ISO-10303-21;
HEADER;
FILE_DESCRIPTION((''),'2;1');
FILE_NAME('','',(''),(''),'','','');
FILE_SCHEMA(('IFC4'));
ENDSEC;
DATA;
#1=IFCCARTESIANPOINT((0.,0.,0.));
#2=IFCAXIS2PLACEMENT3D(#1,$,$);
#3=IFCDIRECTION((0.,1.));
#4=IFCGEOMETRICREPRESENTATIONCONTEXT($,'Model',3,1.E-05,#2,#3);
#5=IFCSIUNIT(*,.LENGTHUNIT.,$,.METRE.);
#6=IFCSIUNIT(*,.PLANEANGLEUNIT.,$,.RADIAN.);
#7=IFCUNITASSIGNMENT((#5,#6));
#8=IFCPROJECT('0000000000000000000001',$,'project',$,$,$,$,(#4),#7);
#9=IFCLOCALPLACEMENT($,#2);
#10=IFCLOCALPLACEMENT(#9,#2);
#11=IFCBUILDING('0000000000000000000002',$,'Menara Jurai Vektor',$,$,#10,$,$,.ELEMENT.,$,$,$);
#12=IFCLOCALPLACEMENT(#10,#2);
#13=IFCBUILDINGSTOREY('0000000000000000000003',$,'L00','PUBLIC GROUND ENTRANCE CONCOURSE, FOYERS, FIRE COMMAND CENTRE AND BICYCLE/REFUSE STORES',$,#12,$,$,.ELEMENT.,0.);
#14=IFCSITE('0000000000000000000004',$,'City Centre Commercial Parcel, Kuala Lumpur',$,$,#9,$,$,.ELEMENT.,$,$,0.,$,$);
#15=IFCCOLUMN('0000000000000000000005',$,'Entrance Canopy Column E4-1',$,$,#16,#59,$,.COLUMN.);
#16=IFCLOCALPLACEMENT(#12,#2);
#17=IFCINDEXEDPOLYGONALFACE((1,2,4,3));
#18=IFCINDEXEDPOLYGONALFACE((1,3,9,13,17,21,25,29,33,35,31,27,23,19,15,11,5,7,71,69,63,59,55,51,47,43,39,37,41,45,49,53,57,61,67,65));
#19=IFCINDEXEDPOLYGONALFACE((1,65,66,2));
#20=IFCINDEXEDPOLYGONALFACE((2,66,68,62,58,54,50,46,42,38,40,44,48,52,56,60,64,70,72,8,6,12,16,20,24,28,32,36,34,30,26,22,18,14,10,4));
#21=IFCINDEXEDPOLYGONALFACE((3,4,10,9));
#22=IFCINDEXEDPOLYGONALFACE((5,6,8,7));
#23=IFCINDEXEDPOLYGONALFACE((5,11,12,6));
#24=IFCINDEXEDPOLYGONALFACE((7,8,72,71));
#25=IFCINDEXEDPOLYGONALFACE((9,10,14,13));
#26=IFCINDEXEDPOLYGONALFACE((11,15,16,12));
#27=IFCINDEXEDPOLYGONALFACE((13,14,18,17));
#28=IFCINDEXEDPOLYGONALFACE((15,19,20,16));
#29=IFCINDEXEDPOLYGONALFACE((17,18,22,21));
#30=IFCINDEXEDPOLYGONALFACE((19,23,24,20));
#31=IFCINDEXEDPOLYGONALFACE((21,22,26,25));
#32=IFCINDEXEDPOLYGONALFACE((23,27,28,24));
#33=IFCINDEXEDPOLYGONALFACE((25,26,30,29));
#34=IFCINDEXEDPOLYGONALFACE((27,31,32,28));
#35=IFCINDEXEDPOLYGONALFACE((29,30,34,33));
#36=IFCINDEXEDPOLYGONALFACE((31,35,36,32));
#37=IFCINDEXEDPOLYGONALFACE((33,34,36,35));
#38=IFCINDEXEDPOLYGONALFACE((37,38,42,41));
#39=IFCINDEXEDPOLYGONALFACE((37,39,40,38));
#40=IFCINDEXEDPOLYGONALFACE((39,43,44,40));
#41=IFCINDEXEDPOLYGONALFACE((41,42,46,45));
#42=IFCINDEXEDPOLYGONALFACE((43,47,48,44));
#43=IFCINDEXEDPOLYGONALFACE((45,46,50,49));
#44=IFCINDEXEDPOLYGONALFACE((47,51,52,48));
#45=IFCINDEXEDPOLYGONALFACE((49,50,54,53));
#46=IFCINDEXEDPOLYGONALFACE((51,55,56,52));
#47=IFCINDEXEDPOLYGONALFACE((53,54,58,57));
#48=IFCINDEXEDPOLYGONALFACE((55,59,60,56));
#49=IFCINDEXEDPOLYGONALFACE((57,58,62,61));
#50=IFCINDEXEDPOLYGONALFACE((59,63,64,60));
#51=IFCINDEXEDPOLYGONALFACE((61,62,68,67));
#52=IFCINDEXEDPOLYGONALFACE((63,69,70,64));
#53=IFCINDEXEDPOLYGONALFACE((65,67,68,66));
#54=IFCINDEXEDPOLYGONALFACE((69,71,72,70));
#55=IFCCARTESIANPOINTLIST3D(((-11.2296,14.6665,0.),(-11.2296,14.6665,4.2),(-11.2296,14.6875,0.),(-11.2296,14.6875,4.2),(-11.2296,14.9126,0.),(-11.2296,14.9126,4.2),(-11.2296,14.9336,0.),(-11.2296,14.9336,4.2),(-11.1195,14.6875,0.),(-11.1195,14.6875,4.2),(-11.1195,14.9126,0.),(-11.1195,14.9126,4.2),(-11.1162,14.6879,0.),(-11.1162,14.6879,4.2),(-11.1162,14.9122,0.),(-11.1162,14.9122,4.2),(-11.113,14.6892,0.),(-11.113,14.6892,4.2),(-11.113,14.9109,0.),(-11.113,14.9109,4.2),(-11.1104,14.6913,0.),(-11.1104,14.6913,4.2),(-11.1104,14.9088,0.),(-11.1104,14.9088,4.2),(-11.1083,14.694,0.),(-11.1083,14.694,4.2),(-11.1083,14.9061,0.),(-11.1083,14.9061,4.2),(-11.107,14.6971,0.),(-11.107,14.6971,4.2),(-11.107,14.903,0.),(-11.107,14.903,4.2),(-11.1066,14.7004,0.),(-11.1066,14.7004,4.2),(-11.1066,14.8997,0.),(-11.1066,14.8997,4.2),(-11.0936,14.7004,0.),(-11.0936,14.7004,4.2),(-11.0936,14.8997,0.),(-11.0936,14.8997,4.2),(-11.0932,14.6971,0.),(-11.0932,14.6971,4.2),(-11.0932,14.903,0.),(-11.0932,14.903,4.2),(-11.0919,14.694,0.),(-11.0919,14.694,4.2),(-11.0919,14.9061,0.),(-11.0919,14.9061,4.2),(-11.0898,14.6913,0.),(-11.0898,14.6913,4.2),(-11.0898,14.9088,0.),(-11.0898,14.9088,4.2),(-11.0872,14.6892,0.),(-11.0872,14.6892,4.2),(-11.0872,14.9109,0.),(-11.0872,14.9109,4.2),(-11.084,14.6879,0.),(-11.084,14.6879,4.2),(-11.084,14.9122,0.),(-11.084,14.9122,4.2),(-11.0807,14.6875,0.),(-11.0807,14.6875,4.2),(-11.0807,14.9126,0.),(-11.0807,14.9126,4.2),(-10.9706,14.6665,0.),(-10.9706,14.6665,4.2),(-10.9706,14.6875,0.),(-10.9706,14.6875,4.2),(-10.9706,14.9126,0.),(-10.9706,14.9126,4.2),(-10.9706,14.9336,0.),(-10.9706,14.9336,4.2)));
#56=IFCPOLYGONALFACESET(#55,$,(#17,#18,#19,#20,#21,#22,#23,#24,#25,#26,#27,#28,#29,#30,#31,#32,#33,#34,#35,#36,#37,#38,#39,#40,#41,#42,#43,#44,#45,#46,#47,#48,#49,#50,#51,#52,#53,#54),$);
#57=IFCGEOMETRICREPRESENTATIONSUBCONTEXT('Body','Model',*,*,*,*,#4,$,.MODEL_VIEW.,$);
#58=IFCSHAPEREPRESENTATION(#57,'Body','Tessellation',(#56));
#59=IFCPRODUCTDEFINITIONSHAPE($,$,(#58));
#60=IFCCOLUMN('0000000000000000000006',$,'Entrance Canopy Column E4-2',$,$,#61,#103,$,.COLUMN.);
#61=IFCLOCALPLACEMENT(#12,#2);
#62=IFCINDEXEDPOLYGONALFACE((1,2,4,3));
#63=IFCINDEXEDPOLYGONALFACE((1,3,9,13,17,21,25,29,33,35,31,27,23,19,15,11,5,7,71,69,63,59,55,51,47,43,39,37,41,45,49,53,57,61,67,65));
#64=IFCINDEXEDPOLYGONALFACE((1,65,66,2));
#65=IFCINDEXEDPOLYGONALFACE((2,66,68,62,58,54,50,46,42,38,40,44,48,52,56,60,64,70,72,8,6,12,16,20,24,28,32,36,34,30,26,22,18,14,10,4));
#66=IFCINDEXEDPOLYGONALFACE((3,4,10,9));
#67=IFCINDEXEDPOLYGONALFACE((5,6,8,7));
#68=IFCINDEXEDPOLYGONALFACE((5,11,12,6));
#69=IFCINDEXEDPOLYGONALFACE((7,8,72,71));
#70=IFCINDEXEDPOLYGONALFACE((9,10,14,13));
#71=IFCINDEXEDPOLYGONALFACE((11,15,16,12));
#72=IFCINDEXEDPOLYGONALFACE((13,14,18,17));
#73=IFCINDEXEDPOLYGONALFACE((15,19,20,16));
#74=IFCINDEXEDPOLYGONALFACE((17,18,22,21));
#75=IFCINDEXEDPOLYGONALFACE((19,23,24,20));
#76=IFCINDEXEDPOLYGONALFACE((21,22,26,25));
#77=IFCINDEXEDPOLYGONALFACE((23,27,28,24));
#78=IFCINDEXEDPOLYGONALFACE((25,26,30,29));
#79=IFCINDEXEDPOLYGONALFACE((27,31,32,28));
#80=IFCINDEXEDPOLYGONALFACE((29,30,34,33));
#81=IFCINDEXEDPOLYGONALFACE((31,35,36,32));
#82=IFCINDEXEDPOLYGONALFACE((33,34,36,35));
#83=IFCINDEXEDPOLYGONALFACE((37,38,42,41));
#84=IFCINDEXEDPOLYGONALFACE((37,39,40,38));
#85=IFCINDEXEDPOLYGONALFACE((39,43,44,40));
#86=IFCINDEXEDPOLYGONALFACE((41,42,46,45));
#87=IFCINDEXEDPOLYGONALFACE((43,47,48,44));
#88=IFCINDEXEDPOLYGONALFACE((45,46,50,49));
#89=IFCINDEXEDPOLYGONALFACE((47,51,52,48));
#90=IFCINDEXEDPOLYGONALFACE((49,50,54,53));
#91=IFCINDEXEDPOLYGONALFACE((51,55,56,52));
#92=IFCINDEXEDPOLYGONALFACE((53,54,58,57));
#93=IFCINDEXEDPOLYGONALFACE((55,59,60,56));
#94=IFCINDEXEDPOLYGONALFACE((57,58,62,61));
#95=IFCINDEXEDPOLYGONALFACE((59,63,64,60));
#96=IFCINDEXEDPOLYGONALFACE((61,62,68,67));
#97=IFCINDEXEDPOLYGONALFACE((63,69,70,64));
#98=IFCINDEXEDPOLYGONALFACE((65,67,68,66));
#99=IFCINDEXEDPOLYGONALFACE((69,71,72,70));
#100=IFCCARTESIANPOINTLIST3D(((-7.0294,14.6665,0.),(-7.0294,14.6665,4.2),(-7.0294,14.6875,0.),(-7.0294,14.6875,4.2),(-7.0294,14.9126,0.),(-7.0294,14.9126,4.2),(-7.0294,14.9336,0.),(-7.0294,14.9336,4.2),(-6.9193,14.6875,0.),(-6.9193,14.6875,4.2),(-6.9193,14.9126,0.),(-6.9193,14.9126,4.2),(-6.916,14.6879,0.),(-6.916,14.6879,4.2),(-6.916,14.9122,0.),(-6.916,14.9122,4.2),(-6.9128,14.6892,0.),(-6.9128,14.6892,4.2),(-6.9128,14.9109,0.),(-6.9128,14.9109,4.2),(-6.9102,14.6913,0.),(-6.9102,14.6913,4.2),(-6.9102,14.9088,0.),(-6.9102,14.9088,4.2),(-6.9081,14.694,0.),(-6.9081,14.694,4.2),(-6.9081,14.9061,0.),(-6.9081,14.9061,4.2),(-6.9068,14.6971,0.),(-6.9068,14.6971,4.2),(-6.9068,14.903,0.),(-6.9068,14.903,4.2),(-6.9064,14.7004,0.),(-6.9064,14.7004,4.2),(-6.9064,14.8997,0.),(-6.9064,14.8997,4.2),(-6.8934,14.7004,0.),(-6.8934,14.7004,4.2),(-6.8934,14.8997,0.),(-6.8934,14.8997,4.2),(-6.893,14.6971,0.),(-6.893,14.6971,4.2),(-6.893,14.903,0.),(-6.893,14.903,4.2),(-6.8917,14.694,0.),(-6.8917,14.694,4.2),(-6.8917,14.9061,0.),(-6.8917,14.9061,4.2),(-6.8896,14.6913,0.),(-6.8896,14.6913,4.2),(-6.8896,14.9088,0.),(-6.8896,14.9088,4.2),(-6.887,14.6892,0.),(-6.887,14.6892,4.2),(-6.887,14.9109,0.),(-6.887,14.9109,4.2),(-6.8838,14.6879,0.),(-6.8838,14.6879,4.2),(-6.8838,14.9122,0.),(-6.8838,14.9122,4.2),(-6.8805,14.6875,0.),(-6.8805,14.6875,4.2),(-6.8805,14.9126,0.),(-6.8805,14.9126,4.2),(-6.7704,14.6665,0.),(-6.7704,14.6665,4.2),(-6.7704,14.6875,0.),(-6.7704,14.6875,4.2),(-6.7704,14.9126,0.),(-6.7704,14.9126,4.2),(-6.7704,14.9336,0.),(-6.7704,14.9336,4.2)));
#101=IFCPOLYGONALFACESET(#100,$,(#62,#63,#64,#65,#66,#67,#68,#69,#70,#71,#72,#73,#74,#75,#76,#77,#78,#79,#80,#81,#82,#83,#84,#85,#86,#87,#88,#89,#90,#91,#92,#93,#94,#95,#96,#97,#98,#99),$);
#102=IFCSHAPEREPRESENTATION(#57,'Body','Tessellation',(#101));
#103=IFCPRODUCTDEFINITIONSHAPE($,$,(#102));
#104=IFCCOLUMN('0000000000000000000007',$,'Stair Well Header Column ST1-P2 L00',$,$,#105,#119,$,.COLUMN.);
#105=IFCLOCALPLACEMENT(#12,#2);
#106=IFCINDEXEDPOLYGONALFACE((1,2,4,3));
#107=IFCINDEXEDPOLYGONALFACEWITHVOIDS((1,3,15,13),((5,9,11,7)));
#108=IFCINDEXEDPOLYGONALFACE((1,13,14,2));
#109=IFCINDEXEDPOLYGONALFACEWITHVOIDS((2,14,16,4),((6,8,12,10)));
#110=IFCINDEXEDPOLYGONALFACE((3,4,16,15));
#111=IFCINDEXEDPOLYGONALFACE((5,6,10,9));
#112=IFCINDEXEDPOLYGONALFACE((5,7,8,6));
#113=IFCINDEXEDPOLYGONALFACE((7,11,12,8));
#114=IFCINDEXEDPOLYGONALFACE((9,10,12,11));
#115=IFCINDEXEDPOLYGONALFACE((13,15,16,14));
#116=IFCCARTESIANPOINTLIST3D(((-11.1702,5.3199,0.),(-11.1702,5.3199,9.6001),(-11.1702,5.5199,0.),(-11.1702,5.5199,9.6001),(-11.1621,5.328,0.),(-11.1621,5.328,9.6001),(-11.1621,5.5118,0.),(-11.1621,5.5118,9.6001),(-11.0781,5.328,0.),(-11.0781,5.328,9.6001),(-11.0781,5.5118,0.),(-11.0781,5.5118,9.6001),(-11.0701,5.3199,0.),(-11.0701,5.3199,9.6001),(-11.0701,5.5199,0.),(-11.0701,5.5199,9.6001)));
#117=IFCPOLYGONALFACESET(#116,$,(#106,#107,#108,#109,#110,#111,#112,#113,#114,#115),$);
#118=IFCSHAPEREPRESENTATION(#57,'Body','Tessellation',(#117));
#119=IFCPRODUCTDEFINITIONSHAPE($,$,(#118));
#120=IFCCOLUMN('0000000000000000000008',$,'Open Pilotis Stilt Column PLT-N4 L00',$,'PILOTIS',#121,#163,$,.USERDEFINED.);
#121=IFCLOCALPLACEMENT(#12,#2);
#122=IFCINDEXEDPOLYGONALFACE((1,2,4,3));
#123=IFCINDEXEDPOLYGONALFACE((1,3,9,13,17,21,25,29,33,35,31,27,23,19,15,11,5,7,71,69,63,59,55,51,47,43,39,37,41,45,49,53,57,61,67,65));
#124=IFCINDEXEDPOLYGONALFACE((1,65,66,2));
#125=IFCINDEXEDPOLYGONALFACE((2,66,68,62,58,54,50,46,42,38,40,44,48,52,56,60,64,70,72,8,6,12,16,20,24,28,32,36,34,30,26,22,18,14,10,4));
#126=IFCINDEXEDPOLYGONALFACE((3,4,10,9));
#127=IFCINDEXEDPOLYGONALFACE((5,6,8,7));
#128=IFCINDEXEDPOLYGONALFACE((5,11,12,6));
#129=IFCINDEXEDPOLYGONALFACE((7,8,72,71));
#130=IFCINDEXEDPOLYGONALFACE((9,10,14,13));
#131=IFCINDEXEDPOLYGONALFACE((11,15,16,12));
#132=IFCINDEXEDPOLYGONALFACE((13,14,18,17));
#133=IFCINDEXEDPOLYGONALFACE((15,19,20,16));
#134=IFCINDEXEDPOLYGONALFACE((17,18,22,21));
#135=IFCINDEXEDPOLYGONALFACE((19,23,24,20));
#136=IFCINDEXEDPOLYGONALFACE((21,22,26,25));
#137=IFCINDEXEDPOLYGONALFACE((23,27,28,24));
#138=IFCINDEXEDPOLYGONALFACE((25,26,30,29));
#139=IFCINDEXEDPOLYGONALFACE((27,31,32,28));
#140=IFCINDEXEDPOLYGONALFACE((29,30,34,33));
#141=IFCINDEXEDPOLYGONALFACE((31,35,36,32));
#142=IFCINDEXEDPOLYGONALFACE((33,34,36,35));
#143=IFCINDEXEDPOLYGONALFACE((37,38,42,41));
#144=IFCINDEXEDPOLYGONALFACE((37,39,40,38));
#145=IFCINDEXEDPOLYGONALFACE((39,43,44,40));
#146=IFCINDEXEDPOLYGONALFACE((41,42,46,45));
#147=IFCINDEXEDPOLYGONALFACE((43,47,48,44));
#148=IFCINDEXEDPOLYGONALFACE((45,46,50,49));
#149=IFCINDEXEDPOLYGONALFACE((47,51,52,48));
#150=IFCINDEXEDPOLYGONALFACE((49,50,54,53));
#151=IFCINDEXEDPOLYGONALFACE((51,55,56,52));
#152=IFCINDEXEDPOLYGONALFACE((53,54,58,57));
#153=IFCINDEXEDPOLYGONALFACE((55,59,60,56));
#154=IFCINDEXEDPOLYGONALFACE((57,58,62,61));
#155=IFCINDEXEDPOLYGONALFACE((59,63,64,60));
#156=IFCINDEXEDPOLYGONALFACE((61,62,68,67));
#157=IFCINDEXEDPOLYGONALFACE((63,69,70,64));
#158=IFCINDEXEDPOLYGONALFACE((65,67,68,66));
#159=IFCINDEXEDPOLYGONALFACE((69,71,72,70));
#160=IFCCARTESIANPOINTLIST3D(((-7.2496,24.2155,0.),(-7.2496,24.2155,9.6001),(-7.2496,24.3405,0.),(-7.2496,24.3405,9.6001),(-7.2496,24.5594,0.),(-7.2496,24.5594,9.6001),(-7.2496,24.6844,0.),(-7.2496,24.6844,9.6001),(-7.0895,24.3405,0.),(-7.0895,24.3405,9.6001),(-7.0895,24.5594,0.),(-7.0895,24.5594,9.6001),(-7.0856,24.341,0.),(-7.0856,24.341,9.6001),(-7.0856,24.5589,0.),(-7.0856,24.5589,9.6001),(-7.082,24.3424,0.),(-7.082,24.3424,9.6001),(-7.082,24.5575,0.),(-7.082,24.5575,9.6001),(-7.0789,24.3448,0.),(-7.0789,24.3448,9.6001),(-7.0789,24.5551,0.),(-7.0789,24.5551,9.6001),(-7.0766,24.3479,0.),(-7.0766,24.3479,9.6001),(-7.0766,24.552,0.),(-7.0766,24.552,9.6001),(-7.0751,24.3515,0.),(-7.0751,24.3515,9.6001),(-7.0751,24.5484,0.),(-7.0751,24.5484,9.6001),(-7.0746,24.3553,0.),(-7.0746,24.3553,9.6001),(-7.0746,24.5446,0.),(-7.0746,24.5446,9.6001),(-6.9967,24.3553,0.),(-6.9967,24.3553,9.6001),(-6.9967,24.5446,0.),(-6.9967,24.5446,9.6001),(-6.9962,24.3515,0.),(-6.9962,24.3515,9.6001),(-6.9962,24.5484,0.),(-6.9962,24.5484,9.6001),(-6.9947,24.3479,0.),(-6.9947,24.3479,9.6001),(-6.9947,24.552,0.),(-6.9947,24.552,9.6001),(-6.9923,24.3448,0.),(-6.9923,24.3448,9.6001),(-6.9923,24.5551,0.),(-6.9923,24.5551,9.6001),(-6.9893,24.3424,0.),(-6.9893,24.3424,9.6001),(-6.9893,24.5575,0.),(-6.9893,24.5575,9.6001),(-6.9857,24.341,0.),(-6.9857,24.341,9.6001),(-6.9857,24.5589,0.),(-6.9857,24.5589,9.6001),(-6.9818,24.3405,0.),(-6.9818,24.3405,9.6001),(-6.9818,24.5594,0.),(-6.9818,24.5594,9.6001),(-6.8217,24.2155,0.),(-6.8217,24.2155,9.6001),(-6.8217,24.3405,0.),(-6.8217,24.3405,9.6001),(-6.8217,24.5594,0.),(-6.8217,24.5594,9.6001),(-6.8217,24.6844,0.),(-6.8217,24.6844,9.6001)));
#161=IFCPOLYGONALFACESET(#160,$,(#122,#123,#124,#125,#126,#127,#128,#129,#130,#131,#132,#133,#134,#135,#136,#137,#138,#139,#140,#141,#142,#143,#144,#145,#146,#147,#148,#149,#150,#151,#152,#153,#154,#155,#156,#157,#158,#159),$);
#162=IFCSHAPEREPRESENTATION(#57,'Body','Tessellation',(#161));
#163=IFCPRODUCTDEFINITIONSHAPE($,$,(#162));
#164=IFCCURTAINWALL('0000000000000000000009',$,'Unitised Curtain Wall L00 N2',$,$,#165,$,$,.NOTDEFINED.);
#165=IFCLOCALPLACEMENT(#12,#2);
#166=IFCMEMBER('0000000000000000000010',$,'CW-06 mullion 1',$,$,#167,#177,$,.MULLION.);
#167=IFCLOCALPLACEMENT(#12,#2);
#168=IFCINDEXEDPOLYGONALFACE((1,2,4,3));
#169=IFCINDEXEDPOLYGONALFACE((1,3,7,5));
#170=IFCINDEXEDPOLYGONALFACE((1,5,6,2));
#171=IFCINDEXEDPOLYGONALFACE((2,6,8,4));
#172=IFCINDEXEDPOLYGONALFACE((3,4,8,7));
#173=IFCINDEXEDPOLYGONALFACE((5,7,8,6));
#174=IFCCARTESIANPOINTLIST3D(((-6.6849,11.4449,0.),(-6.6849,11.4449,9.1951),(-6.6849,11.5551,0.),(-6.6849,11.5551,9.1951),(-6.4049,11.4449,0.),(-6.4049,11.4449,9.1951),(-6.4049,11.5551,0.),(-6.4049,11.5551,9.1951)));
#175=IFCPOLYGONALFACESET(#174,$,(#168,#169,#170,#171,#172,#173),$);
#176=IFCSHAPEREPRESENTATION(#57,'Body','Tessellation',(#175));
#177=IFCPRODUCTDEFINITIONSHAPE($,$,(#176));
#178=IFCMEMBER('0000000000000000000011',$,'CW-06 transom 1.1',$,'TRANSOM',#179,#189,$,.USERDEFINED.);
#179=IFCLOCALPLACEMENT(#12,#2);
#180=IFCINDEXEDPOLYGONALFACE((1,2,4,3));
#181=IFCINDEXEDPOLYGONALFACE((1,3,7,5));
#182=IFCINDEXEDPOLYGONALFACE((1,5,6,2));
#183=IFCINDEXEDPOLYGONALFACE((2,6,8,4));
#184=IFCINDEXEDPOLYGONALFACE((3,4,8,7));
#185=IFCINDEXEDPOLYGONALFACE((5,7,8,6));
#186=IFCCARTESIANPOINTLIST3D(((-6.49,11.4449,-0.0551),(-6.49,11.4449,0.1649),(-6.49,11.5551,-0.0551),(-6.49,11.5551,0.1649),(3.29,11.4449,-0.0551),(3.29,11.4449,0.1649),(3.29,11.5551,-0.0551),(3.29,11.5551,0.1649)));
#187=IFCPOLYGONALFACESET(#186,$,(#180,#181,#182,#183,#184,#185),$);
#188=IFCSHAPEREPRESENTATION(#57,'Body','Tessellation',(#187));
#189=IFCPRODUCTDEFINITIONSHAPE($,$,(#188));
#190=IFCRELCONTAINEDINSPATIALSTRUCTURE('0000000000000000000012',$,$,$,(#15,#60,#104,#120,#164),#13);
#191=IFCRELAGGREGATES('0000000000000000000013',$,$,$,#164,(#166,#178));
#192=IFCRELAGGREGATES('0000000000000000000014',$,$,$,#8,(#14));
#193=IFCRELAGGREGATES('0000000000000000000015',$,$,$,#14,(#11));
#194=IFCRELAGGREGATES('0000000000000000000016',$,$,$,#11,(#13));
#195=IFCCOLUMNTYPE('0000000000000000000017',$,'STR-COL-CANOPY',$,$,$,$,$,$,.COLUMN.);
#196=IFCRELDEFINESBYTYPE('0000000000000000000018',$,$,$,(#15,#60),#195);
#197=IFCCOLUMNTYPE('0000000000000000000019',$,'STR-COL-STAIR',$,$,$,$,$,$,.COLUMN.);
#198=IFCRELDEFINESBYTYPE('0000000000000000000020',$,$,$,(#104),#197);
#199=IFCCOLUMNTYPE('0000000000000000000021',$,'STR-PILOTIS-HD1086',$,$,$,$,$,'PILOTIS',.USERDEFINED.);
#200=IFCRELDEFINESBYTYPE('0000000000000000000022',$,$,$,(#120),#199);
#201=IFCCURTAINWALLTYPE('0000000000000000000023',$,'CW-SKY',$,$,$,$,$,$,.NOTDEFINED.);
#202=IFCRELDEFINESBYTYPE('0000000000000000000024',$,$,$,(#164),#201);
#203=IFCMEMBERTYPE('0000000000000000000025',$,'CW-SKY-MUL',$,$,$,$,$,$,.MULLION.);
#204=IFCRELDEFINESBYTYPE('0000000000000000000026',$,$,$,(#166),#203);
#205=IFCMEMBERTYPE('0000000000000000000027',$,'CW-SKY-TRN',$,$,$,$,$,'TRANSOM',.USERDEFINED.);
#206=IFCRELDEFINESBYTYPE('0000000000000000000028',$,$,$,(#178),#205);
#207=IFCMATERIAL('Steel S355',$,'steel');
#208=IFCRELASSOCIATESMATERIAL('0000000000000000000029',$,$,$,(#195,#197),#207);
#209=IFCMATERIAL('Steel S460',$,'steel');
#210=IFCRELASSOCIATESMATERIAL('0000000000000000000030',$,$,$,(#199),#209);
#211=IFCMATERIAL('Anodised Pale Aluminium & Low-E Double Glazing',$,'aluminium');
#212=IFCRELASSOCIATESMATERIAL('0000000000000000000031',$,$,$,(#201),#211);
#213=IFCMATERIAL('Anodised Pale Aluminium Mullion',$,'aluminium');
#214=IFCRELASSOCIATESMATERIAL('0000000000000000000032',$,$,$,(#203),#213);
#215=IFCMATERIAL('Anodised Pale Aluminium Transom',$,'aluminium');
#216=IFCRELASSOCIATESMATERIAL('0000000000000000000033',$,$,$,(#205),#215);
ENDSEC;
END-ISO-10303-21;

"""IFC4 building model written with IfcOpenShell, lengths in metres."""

from ifc_helpers import new_model, si_unit, direction, frame, origin, origin_2d, place, context, subcontext, project, spatial, rectangle, hollow_rectangle, i_section, extrude, material, material_profile, profile_set, type_object, element, aggregate, save


model = new_model("IFC4")

# Units and contexts
model_context = context("Model", 3, precision=1e-05, world=origin(), true_north=direction((0.0, 1.0)))
body_context = subcontext(model_context, "Body", "Model", "MODEL_VIEW")
ifc_project = project(units=[si_unit("LENGTHUNIT", "METRE"), si_unit("PLANEANGLEUNIT", "RADIAN")], contexts=[model_context])

# Site, building, storey
site_placement = place(None, origin())
site = spatial("IfcSite", under=ifc_project, at=site_placement, Name="City Centre Commercial Parcel, Kuala Lumpur", CompositionType="ELEMENT", RefElevation=0.0)
building_placement = place(site_placement, origin())
building = spatial("IfcBuilding", under=site, at=building_placement, Name="Menara Jurai Vektor", CompositionType="ELEMENT")
storey_placement = place(building_placement, origin())
storey = spatial("IfcBuildingStorey", under=building, at=storey_placement, Name="L00", Description="PUBLIC GROUND ENTRANCE CONCOURSE, FOYERS, FIRE COMMAND CENTRE AND BICYCLE/REFUSE STORES", CompositionType="ELEMENT", Elevation=0.0)

# Columns
ifc_material_1 = material(Name="Steel S355", Category="steel")
ifc_material_profile_1 = material_profile(ifc_material_1, i_section(OverallWidth=0.259, OverallDepth=0.2671, WebThickness=0.0129, FlangeThickness=0.021, FilletRadius=0.0129, at=origin_2d()), Name="UKC 254x254x107")
ifc_profile_set_1 = profile_set([ifc_material_profile_1], Name="Steel S355")
column_type_1 = type_object("IfcColumnType", Name="STR-COL-CANOPY", PredefinedType="COLUMN", material=ifc_profile_set_1)
for number, where, z_axis, x_axis, name in (
    (1, (-11.1001, 14.8, 0.0), (0.0, 0.0, 1.0), (1.0, 0.0, 0.0), "Entrance Canopy Column E4-1"),
    (2, (-6.8999, 14.8, 0.0), (0.0, 0.0, 1.0), (1.0, 0.0, 0.0), "Entrance Canopy Column E4-2"),
):
    element("IfcColumn", number, at=place(storey_placement, frame(where, z_axis=z_axis, x_axis=x_axis)), inside=storey, type_object=column_type_1, Name=name, PredefinedType="COLUMN", context=body_context, shape_type="SweptSolid", body=[
        extrude(i_section(OverallWidth=0.259, OverallDepth=0.2671, WebThickness=0.0129, FlangeThickness=0.021, FilletRadius=0.0129, at=origin_2d()), origin(), (0.0, 0.0, 1.0), 4.2),
    ])
ifc_material_profile_2 = material_profile(ifc_material_1, hollow_rectangle(XDim=0.1001, YDim=0.2, WallThickness=0.0081, at=origin_2d()), Name="RHS 200x100x8")
ifc_profile_set_2 = profile_set([ifc_material_profile_2], Name="Steel S355")
column_type_2 = type_object("IfcColumnType", Name="STR-COL-STAIR", PredefinedType="COLUMN", material=ifc_profile_set_2)
column_1_placement = place(storey_placement, frame((-11.1201, 5.4199, 0.0), z_axis=(0.0, 0.0, 1.0), x_axis=(1.0, 0.0, 0.0)))
element("IfcColumn", 3, at=column_1_placement, inside=storey, type_object=column_type_2, Name="Stair Well Header Column ST1-P2 L00", PredefinedType="COLUMN", context=body_context, shape_type="SweptSolid", body=[
    extrude(hollow_rectangle(XDim=0.1001, YDim=0.2, WallThickness=0.0081, at=origin_2d()), origin(), (0.0, 0.0, 1.0), 9.6001),
])
ifc_material_2 = material(Name="Steel S460", Category="steel")
ifc_material_profile_3 = material_profile(ifc_material_2, i_section(OverallWidth=0.428, OverallDepth=0.469, WebThickness=0.0779, FlangeThickness=0.125, FilletRadius=0.0149, at=origin_2d()), Name="HD 400x1086")
ifc_profile_set_3 = profile_set([ifc_material_profile_3], Name="Steel S460")
column_type_3 = type_object("IfcColumnType", Name="STR-PILOTIS-HD1086", ElementType="PILOTIS", PredefinedType="USERDEFINED", material=ifc_profile_set_3)
column_2_placement = place(storey_placement, frame((-7.0356, 24.45, 0.0), z_axis=(0.0, 0.0, 1.0), x_axis=(1.0, 0.0, 0.0)))
element("IfcColumn", 4, at=column_2_placement, inside=storey, type_object=column_type_3, Name="Open Pilotis Stilt Column PLT-N4 L00", ObjectType="PILOTIS", PredefinedType="USERDEFINED", context=body_context, shape_type="SweptSolid", body=[
    extrude(i_section(OverallWidth=0.428, OverallDepth=0.469, WebThickness=0.0779, FlangeThickness=0.125, FilletRadius=0.0149, at=origin_2d()), origin(), (0.0, 0.0, 1.0), 9.6001),
])

# Curtain wall, members
ifc_material_3 = material(Name="Anodised Pale Aluminium & Low-E Double Glazing", Category="aluminium")
curtain_wall_type = type_object("IfcCurtainWallType", Name="CW-SKY", PredefinedType="NOTDEFINED", material=ifc_material_3)
curtain_wall_placement = place(storey_placement, origin())
curtain_wall = element("IfcCurtainWall", 5, at=curtain_wall_placement, inside=storey, type_object=curtain_wall_type, Name="Unitised Curtain Wall L00 N2", PredefinedType="NOTDEFINED")
ifc_material_4 = material(Name="Anodised Pale Aluminium Mullion", Category="aluminium")
ifc_material_profile_4 = material_profile(ifc_material_4, rectangle(XDim=0.1101, YDim=0.28, at=origin_2d()), Name="ALU MUL 110x280")
ifc_profile_set_4 = profile_set([ifc_material_profile_4], Name="Anodised Pale Aluminium Mullion")
member_type_1 = type_object("IfcMemberType", Name="CW-SKY-MUL", PredefinedType="MULLION", material=ifc_profile_set_4)
member_1_placement = place(storey_placement, frame((-6.5449, 11.5, 0.0), z_axis=(0.0, 0.0, 1.0), x_axis=(0.0, 1.0, 0.0)))
member_1 = element("IfcMember", 6, at=member_1_placement, type_object=member_type_1, Name="CW-06 mullion 1", PredefinedType="MULLION", context=body_context, shape_type="SweptSolid", body=[
    extrude(rectangle(XDim=0.1101, YDim=0.28, at=origin_2d()), origin(), (0.0, 0.0, 1.0), 9.1951),
])
ifc_material_5 = material(Name="Anodised Pale Aluminium Transom", Category="aluminium")
ifc_material_profile_5 = material_profile(ifc_material_5, rectangle(XDim=0.1101, YDim=0.22, at=origin_2d()), Name="ALU TRN 110x220")
ifc_profile_set_5 = profile_set([ifc_material_profile_5], Name="Anodised Pale Aluminium Transom")
member_type_2 = type_object("IfcMemberType", Name="CW-SKY-TRN", ElementType="TRANSOM", PredefinedType="USERDEFINED", material=ifc_profile_set_5)
member_2_placement = place(storey_placement, frame((-6.49, 11.5, 0.0549), z_axis=(1.0, 0.0, 0.0), x_axis=(0.0, 1.0, 0.0)))
member_2 = element("IfcMember", 7, at=member_2_placement, type_object=member_type_2, Name="CW-06 transom 1.1", ObjectType="TRANSOM", PredefinedType="USERDEFINED", context=body_context, shape_type="SweptSolid", body=[
    extrude(rectangle(XDim=0.1101, YDim=0.22, at=origin_2d()), origin(), (0.0, 0.0, 1.0), 9.78),
])

aggregate(curtain_wall, [member_1, member_2])

save(model, "model.ifc")
